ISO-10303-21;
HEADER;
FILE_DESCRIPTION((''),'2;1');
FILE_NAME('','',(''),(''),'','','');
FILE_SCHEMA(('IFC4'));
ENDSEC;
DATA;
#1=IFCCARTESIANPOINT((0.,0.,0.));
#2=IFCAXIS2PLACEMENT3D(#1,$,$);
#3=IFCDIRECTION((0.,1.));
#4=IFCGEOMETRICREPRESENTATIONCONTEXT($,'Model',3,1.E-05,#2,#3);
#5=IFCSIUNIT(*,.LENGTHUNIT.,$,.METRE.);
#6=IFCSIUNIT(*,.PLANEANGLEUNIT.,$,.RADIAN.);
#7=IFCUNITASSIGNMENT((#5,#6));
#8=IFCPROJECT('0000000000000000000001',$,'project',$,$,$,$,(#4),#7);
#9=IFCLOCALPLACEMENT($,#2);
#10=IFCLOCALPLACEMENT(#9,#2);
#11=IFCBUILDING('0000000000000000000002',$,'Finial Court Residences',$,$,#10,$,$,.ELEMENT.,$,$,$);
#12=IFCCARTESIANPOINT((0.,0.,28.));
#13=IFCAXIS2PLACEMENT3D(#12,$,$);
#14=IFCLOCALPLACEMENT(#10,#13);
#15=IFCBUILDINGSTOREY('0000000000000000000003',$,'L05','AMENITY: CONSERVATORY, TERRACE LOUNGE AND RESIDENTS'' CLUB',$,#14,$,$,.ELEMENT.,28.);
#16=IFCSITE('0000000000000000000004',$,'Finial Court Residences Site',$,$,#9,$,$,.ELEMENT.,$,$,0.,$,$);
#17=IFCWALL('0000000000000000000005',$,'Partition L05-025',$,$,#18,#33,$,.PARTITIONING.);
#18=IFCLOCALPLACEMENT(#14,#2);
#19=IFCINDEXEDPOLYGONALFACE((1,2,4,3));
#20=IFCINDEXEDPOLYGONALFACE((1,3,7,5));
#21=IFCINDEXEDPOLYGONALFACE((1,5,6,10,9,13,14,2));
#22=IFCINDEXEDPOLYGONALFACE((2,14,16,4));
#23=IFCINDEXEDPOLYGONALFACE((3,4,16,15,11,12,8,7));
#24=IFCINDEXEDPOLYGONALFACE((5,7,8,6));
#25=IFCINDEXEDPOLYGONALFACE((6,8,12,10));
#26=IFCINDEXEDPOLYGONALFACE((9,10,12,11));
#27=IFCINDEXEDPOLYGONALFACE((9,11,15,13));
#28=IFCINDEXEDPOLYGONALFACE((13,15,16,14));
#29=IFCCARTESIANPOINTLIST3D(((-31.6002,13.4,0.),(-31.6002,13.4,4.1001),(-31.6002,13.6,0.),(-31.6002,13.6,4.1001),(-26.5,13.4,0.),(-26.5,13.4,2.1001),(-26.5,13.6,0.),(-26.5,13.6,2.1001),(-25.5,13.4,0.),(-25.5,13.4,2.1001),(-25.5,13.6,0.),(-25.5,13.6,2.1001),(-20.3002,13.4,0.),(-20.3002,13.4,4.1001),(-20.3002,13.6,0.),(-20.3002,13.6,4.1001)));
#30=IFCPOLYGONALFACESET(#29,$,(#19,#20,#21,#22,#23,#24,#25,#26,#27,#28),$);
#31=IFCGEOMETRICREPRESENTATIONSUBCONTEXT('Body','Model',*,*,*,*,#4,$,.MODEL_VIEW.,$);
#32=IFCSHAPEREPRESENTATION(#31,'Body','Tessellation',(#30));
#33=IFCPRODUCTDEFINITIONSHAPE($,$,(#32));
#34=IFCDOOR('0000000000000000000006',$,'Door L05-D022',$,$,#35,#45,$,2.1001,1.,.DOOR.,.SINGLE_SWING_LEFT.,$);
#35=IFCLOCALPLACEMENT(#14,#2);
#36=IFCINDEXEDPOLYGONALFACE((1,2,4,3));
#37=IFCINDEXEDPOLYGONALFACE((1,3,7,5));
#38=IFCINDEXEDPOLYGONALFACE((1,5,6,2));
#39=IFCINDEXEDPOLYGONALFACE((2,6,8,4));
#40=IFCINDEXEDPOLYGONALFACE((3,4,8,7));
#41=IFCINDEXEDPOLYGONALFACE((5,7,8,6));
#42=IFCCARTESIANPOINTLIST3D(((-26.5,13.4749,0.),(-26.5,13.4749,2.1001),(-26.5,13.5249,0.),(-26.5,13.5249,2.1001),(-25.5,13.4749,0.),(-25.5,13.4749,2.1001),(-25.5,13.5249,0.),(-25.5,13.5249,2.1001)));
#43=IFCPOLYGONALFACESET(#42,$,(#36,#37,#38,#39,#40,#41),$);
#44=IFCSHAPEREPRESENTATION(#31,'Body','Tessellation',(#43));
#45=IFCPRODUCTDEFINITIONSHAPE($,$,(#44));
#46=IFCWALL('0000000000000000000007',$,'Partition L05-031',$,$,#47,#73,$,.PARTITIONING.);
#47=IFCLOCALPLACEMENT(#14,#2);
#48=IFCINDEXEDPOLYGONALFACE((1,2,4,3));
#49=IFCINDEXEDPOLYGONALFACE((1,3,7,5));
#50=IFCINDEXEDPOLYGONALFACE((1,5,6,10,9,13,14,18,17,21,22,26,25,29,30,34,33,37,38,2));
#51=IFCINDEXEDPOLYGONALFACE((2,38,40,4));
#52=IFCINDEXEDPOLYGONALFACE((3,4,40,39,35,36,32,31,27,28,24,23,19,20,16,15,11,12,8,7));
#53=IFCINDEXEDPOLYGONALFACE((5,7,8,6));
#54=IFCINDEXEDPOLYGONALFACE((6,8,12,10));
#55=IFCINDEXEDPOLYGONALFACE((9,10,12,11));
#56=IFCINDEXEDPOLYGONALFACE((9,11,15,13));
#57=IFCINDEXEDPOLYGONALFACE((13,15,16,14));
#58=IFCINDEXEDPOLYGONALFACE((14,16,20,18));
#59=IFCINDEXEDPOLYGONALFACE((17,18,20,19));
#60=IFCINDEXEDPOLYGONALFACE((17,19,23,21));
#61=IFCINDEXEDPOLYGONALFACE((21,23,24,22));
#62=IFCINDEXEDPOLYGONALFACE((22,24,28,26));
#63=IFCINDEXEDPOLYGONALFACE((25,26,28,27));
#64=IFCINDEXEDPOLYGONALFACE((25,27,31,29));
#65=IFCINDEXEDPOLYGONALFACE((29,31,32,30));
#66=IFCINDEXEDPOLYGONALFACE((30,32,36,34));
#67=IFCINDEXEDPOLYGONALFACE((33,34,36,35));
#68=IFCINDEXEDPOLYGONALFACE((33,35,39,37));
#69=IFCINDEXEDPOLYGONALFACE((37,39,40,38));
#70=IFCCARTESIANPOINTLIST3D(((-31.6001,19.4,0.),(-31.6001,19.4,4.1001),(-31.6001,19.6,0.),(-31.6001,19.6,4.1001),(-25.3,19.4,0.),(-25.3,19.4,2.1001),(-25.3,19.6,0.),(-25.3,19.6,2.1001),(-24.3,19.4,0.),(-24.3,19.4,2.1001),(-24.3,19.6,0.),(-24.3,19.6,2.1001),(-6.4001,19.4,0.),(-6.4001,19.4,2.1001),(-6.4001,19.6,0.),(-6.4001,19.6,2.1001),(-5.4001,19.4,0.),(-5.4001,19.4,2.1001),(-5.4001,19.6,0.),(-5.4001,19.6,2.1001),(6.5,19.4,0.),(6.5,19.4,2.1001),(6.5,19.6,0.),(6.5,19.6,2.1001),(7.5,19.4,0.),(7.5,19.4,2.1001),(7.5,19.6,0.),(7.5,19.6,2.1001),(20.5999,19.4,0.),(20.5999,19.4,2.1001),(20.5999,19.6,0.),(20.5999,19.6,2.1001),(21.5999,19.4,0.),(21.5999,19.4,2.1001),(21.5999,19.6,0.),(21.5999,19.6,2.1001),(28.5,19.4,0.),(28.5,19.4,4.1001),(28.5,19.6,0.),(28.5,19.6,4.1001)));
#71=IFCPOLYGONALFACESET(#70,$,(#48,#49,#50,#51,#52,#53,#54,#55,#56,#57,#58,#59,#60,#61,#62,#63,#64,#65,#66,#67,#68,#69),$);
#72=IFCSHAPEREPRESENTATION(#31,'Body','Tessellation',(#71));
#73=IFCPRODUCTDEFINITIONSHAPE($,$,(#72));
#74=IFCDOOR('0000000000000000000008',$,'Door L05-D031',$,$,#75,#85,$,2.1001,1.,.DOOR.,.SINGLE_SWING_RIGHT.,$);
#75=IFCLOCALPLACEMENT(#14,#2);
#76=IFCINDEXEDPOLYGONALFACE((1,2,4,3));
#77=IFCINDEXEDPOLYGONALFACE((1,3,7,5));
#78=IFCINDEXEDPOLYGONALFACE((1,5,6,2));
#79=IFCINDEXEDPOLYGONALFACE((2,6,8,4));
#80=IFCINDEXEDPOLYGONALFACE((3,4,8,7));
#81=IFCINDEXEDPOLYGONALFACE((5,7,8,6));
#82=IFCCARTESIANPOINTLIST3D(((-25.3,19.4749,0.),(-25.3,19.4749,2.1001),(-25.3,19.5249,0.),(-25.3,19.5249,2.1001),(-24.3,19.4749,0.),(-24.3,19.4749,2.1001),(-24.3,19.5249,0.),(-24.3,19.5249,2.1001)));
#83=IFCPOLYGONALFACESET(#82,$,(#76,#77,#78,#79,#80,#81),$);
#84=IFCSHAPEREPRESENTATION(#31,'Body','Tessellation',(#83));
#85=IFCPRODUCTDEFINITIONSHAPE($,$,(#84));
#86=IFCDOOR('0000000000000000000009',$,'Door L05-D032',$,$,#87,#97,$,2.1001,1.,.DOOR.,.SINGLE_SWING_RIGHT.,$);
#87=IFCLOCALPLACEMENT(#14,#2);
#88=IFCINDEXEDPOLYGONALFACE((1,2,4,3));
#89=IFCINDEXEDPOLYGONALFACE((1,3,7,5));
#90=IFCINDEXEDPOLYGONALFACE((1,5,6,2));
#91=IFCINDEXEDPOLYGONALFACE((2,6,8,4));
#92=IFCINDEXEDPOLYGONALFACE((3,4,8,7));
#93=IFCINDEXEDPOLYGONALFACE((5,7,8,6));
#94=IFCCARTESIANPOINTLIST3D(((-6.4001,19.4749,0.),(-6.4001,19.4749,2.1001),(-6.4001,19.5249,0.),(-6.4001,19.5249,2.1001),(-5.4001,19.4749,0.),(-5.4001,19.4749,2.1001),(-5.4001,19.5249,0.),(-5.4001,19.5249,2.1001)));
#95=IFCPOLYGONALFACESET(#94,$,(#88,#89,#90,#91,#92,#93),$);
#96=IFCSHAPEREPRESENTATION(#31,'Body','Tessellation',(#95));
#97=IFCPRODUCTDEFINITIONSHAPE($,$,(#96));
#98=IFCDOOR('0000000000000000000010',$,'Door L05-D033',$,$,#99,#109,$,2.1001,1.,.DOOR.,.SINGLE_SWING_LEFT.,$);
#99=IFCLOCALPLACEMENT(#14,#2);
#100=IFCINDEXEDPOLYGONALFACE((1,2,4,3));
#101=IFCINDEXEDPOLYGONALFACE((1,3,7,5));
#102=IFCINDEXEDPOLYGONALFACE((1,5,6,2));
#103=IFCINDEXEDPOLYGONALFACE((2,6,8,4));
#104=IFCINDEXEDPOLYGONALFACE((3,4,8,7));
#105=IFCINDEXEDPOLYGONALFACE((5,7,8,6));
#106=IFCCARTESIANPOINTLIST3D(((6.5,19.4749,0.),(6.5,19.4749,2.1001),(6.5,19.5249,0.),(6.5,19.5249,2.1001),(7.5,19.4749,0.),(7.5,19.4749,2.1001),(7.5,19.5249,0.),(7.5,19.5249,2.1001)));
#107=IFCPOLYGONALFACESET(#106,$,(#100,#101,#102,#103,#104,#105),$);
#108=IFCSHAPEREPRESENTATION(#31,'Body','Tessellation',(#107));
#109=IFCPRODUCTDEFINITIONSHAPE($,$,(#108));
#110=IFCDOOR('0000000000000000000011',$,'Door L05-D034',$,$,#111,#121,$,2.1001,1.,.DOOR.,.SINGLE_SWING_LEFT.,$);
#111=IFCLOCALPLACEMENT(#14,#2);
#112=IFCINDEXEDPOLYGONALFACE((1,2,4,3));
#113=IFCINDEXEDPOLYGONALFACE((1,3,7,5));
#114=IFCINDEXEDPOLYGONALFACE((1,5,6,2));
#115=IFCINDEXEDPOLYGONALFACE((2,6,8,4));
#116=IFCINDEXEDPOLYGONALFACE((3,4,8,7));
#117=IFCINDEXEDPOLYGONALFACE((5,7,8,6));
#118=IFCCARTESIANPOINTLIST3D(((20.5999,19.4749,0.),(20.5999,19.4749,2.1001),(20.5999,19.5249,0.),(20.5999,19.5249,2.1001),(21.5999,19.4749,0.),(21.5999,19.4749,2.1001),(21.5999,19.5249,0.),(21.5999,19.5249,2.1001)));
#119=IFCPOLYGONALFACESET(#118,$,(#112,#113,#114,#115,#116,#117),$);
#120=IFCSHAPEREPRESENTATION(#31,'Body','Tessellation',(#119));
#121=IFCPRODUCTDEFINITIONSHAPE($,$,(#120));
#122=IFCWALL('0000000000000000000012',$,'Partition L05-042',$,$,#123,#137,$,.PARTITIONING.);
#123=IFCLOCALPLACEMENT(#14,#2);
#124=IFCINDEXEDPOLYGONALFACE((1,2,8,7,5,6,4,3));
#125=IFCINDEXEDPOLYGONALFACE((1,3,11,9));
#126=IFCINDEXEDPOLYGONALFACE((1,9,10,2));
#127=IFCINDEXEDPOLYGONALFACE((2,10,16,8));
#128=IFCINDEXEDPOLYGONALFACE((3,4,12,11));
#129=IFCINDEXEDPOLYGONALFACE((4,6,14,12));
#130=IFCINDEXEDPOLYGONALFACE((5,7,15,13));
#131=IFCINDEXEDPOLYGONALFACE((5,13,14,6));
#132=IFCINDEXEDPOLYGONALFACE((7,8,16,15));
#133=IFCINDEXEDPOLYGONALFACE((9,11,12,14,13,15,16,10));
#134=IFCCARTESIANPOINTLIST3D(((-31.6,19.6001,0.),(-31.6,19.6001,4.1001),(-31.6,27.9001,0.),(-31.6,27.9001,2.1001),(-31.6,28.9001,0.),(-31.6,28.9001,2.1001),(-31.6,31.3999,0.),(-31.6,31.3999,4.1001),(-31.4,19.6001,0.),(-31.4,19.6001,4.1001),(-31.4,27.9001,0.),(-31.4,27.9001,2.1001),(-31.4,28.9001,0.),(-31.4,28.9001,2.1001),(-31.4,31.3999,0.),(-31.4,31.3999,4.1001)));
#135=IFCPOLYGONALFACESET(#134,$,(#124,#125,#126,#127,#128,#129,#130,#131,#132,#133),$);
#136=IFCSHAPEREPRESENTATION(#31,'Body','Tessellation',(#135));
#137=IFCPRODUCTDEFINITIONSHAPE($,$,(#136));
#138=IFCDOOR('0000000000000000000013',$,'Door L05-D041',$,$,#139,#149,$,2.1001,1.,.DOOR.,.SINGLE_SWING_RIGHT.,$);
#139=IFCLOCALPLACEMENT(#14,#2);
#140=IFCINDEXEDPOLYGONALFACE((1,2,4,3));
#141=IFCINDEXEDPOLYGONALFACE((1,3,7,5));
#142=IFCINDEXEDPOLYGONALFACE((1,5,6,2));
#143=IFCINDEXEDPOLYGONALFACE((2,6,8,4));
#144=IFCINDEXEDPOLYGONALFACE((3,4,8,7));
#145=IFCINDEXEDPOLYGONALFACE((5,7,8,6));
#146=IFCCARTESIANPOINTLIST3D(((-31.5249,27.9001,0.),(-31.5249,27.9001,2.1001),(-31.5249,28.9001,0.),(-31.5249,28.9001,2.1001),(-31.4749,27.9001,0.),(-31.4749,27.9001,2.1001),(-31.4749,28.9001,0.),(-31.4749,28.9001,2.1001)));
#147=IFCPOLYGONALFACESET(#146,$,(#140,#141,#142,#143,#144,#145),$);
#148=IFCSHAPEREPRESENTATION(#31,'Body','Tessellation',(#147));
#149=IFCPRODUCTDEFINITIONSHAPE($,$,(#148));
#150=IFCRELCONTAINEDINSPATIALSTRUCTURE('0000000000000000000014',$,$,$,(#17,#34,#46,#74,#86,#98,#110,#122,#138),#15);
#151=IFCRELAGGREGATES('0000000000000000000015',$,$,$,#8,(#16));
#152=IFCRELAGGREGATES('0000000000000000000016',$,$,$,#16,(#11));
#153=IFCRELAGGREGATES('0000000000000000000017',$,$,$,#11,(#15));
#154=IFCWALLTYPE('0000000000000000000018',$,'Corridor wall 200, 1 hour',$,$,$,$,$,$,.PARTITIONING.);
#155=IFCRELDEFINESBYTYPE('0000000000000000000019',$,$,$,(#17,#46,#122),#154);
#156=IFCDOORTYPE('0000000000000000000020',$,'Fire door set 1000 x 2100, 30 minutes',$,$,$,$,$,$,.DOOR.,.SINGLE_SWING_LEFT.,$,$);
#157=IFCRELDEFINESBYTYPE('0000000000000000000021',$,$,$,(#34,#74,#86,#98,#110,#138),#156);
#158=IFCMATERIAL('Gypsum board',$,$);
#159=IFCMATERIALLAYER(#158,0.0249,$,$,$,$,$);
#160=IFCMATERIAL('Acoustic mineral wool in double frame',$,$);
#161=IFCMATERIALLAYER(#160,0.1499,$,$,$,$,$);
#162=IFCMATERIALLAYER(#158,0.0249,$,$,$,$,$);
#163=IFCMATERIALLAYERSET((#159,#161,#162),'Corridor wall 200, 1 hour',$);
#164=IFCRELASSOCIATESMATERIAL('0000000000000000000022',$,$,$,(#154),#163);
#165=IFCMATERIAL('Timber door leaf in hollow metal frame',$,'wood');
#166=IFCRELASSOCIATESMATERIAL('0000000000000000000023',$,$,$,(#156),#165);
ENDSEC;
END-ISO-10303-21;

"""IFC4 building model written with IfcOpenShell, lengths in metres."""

from ifc_helpers import new_model, si_unit, direction, frame, frame_2d, origin, place, context, subcontext, project, spatial, rectangle, extrude, material, layer, layer_set, type_object, element, fill, save


model = new_model("IFC4")

# Units and contexts
model_context = context("Model", 3, precision=1e-05, world=origin(), true_north=direction((0.0, 1.0)))
body_context = subcontext(model_context, "Body", "Model", "MODEL_VIEW")
ifc_project = project(units=[si_unit("LENGTHUNIT", "METRE"), si_unit("PLANEANGLEUNIT", "RADIAN")], contexts=[model_context])

# Site, building, storey
site_placement = place(None, origin())
site = spatial("IfcSite", under=ifc_project, at=site_placement, Name="Finial Court Residences Site", CompositionType="ELEMENT", RefElevation=0.0)
building_placement = place(site_placement, origin())
building = spatial("IfcBuilding", under=site, at=building_placement, Name="Finial Court Residences", CompositionType="ELEMENT")
storey_placement = place(building_placement, frame((0.0, 0.0, 28.0)))
storey = spatial("IfcBuildingStorey", under=building, at=storey_placement, Name="L05", Description="AMENITY: CONSERVATORY, TERRACE LOUNGE AND RESIDENTS' CLUB", CompositionType="ELEMENT", Elevation=28.0)

# Wall, opening, door
ifc_material_1 = material(Name="Gypsum board")
ifc_layer_1 = layer(ifc_material_1, 0.0249)
ifc_material_2 = material(Name="Acoustic mineral wool in double frame")
ifc_layer_2 = layer(ifc_material_2, 0.1499)
ifc_layer_3 = layer(ifc_material_1, 0.0249)
ifc_layer_set_1 = layer_set([ifc_layer_1, ifc_layer_2, ifc_layer_3], Name="Corridor wall 200, 1 hour")
wall_type = type_object("IfcWallType", Name="Corridor wall 200, 1 hour", PredefinedType="PARTITIONING", material=ifc_layer_set_1)
wall_1_placement = place(storey_placement, frame((-31.6001, 13.5, 0.0), z_axis=(0.0, 0.0, 1.0), x_axis=(1.0, 0.0, 0.0)))
wall_1 = element("IfcWall", 1, at=wall_1_placement, inside=storey, type_object=wall_type, Name="Partition L05-025", PredefinedType="PARTITIONING", context=body_context, shape_type="SweptSolid", body=[
    extrude(rectangle(XDim=11.3, YDim=0.2, at=frame_2d((5.6499, 0.0))), origin(), (0.0, 0.0, 1.0), 4.1001),
])
opening_1_placement = place(wall_1_placement, frame((5.1001, 0.0, 0.0)))
opening_1 = element("IfcOpeningElement", 2, at=opening_1_placement, cuts=wall_1, PredefinedType="OPENING", context=body_context, shape_type="SweptSolid", body=[
    extrude(rectangle(XDim=1.0, YDim=2.1001, at=frame_2d((0.5, 1.05))), frame((0.0, 0.1099, 0.0), z_axis=(0.0, -1.0, 0.0), x_axis=(1.0, 0.0, 0.0)), (0.0, 0.0, 1.0), 0.22),
])
ifc_material_3 = material(Name="Timber door leaf in hollow metal frame", Category="wood")
door_type = type_object("IfcDoorType", Name="Fire door set 1000 x 2100, 30 minutes", OperationType="SINGLE_SWING_LEFT", PredefinedType="DOOR", material=ifc_material_3)
door_1_placement = place(opening_1_placement, origin())
door_1 = element("IfcDoor", 3, at=door_1_placement, inside=storey, type_object=door_type, Name="Door L05-D022", OperationType="SINGLE_SWING_LEFT", OverallHeight=2.1001, OverallWidth=1.0, PredefinedType="DOOR", context=body_context, shape_type="SweptSolid", body=[
    extrude(rectangle(XDim=1.0, YDim=2.1001, at=frame_2d((0.5, 1.05))), frame((0.0, 0.0249, 0.0), z_axis=(0.0, -1.0, 0.0), x_axis=(1.0, 0.0, 0.0)), (0.0, 0.0, 1.0), 0.05),
])
fill(opening_1, door_1)

# Wall, openings, doors
wall_2_placement = place(storey_placement, frame((-31.6001, 19.5, 0.0), z_axis=(0.0, 0.0, 1.0), x_axis=(1.0, 0.0, 0.0)))
wall_2 = element("IfcWall", 4, at=wall_2_placement, inside=storey, type_object=wall_type, Name="Partition L05-031", PredefinedType="PARTITIONING", context=body_context, shape_type="SweptSolid", body=[
    extrude(rectangle(XDim=60.1001, YDim=0.2, at=frame_2d((30.05, 0.0))), origin(), (0.0, 0.0, 1.0), 4.1001),
])
opening_2_placement = place(wall_2_placement, frame((6.3, 0.0, 0.0)))
opening_2 = element("IfcOpeningElement", 5, at=opening_2_placement, cuts=wall_2, PredefinedType="OPENING", context=body_context, shape_type="SweptSolid", body=[
    extrude(rectangle(XDim=1.0, YDim=2.1001, at=frame_2d((0.5, 1.05))), frame((0.0, 0.1099, 0.0), z_axis=(0.0, -1.0, 0.0), x_axis=(1.0, 0.0, 0.0)), (0.0, 0.0, 1.0), 0.22),
])
opening_3_placement = place(wall_2_placement, frame((25.2, 0.0, 0.0)))
opening_3 = element("IfcOpeningElement", 6, at=opening_3_placement, cuts=wall_2, PredefinedType="OPENING", context=body_context, shape_type="SweptSolid", body=[
    extrude(rectangle(XDim=1.0, YDim=2.1001, at=frame_2d((0.5, 1.05))), frame((0.0, 0.1099, 0.0), z_axis=(0.0, -1.0, 0.0), x_axis=(1.0, 0.0, 0.0)), (0.0, 0.0, 1.0), 0.22),
])
opening_4_placement = place(wall_2_placement, frame((38.1001, 0.0, 0.0)))
opening_4 = element("IfcOpeningElement", 7, at=opening_4_placement, cuts=wall_2, PredefinedType="OPENING", context=body_context, shape_type="SweptSolid", body=[
    extrude(rectangle(XDim=1.0, YDim=2.1001, at=frame_2d((0.5, 1.05))), frame((0.0, 0.1099, 0.0), z_axis=(0.0, -1.0, 0.0), x_axis=(1.0, 0.0, 0.0)), (0.0, 0.0, 1.0), 0.22),
])
opening_5_placement = place(wall_2_placement, frame((52.2, 0.0, 0.0)))
opening_5 = element("IfcOpeningElement", 8, at=opening_5_placement, cuts=wall_2, PredefinedType="OPENING", context=body_context, shape_type="SweptSolid", body=[
    extrude(rectangle(XDim=1.0, YDim=2.1001, at=frame_2d((0.5, 1.05))), frame((0.0, 0.1099, 0.0), z_axis=(0.0, -1.0, 0.0), x_axis=(1.0, 0.0, 0.0)), (0.0, 0.0, 1.0), 0.22),
])
door_2_placement = place(opening_2_placement, origin())
door_2 = element("IfcDoor", 9, at=door_2_placement, inside=storey, type_object=door_type, Name="Door L05-D031", OperationType="SINGLE_SWING_RIGHT", OverallHeight=2.1001, OverallWidth=1.0, PredefinedType="DOOR", context=body_context, shape_type="SweptSolid", body=[
    extrude(rectangle(XDim=1.0, YDim=2.1001, at=frame_2d((0.5, 1.05))), frame((0.0, 0.0249, 0.0), z_axis=(0.0, -1.0, 0.0), x_axis=(1.0, 0.0, 0.0)), (0.0, 0.0, 1.0), 0.05),
])
fill(opening_2, door_2)
door_3_placement = place(opening_3_placement, origin())
door_3 = element("IfcDoor", 10, at=door_3_placement, inside=storey, type_object=door_type, Name="Door L05-D032", OperationType="SINGLE_SWING_RIGHT", OverallHeight=2.1001, OverallWidth=1.0, PredefinedType="DOOR", context=body_context, shape_type="SweptSolid", body=[
    extrude(rectangle(XDim=1.0, YDim=2.1001, at=frame_2d((0.5, 1.05))), frame((0.0, 0.0249, 0.0), z_axis=(0.0, -1.0, 0.0), x_axis=(1.0, 0.0, 0.0)), (0.0, 0.0, 1.0), 0.05),
])
fill(opening_3, door_3)
door_4_placement = place(opening_4_placement, origin())
door_4 = element("IfcDoor", 11, at=door_4_placement, inside=storey, type_object=door_type, Name="Door L05-D033", OperationType="SINGLE_SWING_LEFT", OverallHeight=2.1001, OverallWidth=1.0, PredefinedType="DOOR", context=body_context, shape_type="SweptSolid", body=[
    extrude(rectangle(XDim=1.0, YDim=2.1001, at=frame_2d((0.5, 1.05))), frame((0.0, 0.0249, 0.0), z_axis=(0.0, -1.0, 0.0), x_axis=(1.0, 0.0, 0.0)), (0.0, 0.0, 1.0), 0.05),
])
fill(opening_4, door_4)
door_5_placement = place(opening_5_placement, origin())
door_5 = element("IfcDoor", 12, at=door_5_placement, inside=storey, type_object=door_type, Name="Door L05-D034", OperationType="SINGLE_SWING_LEFT", OverallHeight=2.1001, OverallWidth=1.0, PredefinedType="DOOR", context=body_context, shape_type="SweptSolid", body=[
    extrude(rectangle(XDim=1.0, YDim=2.1001, at=frame_2d((0.5, 1.05))), frame((0.0, 0.0249, 0.0), z_axis=(0.0, -1.0, 0.0), x_axis=(1.0, 0.0, 0.0)), (0.0, 0.0, 1.0), 0.05),
])
fill(opening_5, door_5)

# Wall, opening, door
wall_3_placement = place(storey_placement, frame((-31.5, 19.6001, 0.0), z_axis=(0.0, 0.0, 1.0), x_axis=(0.0, 1.0, 0.0)))
wall_3 = element("IfcWall", 13, at=wall_3_placement, inside=storey, type_object=wall_type, Name="Partition L05-042", PredefinedType="PARTITIONING", context=body_context, shape_type="SweptSolid", body=[
    extrude(rectangle(XDim=11.7998, YDim=0.2, at=frame_2d((5.8999, 0.0))), origin(), (0.0, 0.0, 1.0), 4.1001),
])
opening_6_placement = place(wall_3_placement, frame((8.3, 0.0, 0.0)))
opening_6 = element("IfcOpeningElement", 14, at=opening_6_placement, cuts=wall_3, PredefinedType="OPENING", context=body_context, shape_type="SweptSolid", body=[
    extrude(rectangle(XDim=1.0, YDim=2.1001, at=frame_2d((0.5, 1.05))), frame((0.0, 0.1099, 0.0), z_axis=(0.0, -1.0, 0.0), x_axis=(1.0, 0.0, 0.0)), (0.0, 0.0, 1.0), 0.22),
])
door_6_placement = place(opening_6_placement, origin())
door_6 = element("IfcDoor", 15, at=door_6_placement, inside=storey, type_object=door_type, Name="Door L05-D041", OperationType="SINGLE_SWING_RIGHT", OverallHeight=2.1001, OverallWidth=1.0, PredefinedType="DOOR", context=body_context, shape_type="SweptSolid", body=[
    extrude(rectangle(XDim=1.0, YDim=2.1001, at=frame_2d((0.5, 1.05))), frame((0.0, 0.0249, 0.0), z_axis=(0.0, -1.0, 0.0), x_axis=(1.0, 0.0, 0.0)), (0.0, 0.0, 1.0), 0.05),
])
fill(opening_6, door_6)

save(model, "model.ifc")
